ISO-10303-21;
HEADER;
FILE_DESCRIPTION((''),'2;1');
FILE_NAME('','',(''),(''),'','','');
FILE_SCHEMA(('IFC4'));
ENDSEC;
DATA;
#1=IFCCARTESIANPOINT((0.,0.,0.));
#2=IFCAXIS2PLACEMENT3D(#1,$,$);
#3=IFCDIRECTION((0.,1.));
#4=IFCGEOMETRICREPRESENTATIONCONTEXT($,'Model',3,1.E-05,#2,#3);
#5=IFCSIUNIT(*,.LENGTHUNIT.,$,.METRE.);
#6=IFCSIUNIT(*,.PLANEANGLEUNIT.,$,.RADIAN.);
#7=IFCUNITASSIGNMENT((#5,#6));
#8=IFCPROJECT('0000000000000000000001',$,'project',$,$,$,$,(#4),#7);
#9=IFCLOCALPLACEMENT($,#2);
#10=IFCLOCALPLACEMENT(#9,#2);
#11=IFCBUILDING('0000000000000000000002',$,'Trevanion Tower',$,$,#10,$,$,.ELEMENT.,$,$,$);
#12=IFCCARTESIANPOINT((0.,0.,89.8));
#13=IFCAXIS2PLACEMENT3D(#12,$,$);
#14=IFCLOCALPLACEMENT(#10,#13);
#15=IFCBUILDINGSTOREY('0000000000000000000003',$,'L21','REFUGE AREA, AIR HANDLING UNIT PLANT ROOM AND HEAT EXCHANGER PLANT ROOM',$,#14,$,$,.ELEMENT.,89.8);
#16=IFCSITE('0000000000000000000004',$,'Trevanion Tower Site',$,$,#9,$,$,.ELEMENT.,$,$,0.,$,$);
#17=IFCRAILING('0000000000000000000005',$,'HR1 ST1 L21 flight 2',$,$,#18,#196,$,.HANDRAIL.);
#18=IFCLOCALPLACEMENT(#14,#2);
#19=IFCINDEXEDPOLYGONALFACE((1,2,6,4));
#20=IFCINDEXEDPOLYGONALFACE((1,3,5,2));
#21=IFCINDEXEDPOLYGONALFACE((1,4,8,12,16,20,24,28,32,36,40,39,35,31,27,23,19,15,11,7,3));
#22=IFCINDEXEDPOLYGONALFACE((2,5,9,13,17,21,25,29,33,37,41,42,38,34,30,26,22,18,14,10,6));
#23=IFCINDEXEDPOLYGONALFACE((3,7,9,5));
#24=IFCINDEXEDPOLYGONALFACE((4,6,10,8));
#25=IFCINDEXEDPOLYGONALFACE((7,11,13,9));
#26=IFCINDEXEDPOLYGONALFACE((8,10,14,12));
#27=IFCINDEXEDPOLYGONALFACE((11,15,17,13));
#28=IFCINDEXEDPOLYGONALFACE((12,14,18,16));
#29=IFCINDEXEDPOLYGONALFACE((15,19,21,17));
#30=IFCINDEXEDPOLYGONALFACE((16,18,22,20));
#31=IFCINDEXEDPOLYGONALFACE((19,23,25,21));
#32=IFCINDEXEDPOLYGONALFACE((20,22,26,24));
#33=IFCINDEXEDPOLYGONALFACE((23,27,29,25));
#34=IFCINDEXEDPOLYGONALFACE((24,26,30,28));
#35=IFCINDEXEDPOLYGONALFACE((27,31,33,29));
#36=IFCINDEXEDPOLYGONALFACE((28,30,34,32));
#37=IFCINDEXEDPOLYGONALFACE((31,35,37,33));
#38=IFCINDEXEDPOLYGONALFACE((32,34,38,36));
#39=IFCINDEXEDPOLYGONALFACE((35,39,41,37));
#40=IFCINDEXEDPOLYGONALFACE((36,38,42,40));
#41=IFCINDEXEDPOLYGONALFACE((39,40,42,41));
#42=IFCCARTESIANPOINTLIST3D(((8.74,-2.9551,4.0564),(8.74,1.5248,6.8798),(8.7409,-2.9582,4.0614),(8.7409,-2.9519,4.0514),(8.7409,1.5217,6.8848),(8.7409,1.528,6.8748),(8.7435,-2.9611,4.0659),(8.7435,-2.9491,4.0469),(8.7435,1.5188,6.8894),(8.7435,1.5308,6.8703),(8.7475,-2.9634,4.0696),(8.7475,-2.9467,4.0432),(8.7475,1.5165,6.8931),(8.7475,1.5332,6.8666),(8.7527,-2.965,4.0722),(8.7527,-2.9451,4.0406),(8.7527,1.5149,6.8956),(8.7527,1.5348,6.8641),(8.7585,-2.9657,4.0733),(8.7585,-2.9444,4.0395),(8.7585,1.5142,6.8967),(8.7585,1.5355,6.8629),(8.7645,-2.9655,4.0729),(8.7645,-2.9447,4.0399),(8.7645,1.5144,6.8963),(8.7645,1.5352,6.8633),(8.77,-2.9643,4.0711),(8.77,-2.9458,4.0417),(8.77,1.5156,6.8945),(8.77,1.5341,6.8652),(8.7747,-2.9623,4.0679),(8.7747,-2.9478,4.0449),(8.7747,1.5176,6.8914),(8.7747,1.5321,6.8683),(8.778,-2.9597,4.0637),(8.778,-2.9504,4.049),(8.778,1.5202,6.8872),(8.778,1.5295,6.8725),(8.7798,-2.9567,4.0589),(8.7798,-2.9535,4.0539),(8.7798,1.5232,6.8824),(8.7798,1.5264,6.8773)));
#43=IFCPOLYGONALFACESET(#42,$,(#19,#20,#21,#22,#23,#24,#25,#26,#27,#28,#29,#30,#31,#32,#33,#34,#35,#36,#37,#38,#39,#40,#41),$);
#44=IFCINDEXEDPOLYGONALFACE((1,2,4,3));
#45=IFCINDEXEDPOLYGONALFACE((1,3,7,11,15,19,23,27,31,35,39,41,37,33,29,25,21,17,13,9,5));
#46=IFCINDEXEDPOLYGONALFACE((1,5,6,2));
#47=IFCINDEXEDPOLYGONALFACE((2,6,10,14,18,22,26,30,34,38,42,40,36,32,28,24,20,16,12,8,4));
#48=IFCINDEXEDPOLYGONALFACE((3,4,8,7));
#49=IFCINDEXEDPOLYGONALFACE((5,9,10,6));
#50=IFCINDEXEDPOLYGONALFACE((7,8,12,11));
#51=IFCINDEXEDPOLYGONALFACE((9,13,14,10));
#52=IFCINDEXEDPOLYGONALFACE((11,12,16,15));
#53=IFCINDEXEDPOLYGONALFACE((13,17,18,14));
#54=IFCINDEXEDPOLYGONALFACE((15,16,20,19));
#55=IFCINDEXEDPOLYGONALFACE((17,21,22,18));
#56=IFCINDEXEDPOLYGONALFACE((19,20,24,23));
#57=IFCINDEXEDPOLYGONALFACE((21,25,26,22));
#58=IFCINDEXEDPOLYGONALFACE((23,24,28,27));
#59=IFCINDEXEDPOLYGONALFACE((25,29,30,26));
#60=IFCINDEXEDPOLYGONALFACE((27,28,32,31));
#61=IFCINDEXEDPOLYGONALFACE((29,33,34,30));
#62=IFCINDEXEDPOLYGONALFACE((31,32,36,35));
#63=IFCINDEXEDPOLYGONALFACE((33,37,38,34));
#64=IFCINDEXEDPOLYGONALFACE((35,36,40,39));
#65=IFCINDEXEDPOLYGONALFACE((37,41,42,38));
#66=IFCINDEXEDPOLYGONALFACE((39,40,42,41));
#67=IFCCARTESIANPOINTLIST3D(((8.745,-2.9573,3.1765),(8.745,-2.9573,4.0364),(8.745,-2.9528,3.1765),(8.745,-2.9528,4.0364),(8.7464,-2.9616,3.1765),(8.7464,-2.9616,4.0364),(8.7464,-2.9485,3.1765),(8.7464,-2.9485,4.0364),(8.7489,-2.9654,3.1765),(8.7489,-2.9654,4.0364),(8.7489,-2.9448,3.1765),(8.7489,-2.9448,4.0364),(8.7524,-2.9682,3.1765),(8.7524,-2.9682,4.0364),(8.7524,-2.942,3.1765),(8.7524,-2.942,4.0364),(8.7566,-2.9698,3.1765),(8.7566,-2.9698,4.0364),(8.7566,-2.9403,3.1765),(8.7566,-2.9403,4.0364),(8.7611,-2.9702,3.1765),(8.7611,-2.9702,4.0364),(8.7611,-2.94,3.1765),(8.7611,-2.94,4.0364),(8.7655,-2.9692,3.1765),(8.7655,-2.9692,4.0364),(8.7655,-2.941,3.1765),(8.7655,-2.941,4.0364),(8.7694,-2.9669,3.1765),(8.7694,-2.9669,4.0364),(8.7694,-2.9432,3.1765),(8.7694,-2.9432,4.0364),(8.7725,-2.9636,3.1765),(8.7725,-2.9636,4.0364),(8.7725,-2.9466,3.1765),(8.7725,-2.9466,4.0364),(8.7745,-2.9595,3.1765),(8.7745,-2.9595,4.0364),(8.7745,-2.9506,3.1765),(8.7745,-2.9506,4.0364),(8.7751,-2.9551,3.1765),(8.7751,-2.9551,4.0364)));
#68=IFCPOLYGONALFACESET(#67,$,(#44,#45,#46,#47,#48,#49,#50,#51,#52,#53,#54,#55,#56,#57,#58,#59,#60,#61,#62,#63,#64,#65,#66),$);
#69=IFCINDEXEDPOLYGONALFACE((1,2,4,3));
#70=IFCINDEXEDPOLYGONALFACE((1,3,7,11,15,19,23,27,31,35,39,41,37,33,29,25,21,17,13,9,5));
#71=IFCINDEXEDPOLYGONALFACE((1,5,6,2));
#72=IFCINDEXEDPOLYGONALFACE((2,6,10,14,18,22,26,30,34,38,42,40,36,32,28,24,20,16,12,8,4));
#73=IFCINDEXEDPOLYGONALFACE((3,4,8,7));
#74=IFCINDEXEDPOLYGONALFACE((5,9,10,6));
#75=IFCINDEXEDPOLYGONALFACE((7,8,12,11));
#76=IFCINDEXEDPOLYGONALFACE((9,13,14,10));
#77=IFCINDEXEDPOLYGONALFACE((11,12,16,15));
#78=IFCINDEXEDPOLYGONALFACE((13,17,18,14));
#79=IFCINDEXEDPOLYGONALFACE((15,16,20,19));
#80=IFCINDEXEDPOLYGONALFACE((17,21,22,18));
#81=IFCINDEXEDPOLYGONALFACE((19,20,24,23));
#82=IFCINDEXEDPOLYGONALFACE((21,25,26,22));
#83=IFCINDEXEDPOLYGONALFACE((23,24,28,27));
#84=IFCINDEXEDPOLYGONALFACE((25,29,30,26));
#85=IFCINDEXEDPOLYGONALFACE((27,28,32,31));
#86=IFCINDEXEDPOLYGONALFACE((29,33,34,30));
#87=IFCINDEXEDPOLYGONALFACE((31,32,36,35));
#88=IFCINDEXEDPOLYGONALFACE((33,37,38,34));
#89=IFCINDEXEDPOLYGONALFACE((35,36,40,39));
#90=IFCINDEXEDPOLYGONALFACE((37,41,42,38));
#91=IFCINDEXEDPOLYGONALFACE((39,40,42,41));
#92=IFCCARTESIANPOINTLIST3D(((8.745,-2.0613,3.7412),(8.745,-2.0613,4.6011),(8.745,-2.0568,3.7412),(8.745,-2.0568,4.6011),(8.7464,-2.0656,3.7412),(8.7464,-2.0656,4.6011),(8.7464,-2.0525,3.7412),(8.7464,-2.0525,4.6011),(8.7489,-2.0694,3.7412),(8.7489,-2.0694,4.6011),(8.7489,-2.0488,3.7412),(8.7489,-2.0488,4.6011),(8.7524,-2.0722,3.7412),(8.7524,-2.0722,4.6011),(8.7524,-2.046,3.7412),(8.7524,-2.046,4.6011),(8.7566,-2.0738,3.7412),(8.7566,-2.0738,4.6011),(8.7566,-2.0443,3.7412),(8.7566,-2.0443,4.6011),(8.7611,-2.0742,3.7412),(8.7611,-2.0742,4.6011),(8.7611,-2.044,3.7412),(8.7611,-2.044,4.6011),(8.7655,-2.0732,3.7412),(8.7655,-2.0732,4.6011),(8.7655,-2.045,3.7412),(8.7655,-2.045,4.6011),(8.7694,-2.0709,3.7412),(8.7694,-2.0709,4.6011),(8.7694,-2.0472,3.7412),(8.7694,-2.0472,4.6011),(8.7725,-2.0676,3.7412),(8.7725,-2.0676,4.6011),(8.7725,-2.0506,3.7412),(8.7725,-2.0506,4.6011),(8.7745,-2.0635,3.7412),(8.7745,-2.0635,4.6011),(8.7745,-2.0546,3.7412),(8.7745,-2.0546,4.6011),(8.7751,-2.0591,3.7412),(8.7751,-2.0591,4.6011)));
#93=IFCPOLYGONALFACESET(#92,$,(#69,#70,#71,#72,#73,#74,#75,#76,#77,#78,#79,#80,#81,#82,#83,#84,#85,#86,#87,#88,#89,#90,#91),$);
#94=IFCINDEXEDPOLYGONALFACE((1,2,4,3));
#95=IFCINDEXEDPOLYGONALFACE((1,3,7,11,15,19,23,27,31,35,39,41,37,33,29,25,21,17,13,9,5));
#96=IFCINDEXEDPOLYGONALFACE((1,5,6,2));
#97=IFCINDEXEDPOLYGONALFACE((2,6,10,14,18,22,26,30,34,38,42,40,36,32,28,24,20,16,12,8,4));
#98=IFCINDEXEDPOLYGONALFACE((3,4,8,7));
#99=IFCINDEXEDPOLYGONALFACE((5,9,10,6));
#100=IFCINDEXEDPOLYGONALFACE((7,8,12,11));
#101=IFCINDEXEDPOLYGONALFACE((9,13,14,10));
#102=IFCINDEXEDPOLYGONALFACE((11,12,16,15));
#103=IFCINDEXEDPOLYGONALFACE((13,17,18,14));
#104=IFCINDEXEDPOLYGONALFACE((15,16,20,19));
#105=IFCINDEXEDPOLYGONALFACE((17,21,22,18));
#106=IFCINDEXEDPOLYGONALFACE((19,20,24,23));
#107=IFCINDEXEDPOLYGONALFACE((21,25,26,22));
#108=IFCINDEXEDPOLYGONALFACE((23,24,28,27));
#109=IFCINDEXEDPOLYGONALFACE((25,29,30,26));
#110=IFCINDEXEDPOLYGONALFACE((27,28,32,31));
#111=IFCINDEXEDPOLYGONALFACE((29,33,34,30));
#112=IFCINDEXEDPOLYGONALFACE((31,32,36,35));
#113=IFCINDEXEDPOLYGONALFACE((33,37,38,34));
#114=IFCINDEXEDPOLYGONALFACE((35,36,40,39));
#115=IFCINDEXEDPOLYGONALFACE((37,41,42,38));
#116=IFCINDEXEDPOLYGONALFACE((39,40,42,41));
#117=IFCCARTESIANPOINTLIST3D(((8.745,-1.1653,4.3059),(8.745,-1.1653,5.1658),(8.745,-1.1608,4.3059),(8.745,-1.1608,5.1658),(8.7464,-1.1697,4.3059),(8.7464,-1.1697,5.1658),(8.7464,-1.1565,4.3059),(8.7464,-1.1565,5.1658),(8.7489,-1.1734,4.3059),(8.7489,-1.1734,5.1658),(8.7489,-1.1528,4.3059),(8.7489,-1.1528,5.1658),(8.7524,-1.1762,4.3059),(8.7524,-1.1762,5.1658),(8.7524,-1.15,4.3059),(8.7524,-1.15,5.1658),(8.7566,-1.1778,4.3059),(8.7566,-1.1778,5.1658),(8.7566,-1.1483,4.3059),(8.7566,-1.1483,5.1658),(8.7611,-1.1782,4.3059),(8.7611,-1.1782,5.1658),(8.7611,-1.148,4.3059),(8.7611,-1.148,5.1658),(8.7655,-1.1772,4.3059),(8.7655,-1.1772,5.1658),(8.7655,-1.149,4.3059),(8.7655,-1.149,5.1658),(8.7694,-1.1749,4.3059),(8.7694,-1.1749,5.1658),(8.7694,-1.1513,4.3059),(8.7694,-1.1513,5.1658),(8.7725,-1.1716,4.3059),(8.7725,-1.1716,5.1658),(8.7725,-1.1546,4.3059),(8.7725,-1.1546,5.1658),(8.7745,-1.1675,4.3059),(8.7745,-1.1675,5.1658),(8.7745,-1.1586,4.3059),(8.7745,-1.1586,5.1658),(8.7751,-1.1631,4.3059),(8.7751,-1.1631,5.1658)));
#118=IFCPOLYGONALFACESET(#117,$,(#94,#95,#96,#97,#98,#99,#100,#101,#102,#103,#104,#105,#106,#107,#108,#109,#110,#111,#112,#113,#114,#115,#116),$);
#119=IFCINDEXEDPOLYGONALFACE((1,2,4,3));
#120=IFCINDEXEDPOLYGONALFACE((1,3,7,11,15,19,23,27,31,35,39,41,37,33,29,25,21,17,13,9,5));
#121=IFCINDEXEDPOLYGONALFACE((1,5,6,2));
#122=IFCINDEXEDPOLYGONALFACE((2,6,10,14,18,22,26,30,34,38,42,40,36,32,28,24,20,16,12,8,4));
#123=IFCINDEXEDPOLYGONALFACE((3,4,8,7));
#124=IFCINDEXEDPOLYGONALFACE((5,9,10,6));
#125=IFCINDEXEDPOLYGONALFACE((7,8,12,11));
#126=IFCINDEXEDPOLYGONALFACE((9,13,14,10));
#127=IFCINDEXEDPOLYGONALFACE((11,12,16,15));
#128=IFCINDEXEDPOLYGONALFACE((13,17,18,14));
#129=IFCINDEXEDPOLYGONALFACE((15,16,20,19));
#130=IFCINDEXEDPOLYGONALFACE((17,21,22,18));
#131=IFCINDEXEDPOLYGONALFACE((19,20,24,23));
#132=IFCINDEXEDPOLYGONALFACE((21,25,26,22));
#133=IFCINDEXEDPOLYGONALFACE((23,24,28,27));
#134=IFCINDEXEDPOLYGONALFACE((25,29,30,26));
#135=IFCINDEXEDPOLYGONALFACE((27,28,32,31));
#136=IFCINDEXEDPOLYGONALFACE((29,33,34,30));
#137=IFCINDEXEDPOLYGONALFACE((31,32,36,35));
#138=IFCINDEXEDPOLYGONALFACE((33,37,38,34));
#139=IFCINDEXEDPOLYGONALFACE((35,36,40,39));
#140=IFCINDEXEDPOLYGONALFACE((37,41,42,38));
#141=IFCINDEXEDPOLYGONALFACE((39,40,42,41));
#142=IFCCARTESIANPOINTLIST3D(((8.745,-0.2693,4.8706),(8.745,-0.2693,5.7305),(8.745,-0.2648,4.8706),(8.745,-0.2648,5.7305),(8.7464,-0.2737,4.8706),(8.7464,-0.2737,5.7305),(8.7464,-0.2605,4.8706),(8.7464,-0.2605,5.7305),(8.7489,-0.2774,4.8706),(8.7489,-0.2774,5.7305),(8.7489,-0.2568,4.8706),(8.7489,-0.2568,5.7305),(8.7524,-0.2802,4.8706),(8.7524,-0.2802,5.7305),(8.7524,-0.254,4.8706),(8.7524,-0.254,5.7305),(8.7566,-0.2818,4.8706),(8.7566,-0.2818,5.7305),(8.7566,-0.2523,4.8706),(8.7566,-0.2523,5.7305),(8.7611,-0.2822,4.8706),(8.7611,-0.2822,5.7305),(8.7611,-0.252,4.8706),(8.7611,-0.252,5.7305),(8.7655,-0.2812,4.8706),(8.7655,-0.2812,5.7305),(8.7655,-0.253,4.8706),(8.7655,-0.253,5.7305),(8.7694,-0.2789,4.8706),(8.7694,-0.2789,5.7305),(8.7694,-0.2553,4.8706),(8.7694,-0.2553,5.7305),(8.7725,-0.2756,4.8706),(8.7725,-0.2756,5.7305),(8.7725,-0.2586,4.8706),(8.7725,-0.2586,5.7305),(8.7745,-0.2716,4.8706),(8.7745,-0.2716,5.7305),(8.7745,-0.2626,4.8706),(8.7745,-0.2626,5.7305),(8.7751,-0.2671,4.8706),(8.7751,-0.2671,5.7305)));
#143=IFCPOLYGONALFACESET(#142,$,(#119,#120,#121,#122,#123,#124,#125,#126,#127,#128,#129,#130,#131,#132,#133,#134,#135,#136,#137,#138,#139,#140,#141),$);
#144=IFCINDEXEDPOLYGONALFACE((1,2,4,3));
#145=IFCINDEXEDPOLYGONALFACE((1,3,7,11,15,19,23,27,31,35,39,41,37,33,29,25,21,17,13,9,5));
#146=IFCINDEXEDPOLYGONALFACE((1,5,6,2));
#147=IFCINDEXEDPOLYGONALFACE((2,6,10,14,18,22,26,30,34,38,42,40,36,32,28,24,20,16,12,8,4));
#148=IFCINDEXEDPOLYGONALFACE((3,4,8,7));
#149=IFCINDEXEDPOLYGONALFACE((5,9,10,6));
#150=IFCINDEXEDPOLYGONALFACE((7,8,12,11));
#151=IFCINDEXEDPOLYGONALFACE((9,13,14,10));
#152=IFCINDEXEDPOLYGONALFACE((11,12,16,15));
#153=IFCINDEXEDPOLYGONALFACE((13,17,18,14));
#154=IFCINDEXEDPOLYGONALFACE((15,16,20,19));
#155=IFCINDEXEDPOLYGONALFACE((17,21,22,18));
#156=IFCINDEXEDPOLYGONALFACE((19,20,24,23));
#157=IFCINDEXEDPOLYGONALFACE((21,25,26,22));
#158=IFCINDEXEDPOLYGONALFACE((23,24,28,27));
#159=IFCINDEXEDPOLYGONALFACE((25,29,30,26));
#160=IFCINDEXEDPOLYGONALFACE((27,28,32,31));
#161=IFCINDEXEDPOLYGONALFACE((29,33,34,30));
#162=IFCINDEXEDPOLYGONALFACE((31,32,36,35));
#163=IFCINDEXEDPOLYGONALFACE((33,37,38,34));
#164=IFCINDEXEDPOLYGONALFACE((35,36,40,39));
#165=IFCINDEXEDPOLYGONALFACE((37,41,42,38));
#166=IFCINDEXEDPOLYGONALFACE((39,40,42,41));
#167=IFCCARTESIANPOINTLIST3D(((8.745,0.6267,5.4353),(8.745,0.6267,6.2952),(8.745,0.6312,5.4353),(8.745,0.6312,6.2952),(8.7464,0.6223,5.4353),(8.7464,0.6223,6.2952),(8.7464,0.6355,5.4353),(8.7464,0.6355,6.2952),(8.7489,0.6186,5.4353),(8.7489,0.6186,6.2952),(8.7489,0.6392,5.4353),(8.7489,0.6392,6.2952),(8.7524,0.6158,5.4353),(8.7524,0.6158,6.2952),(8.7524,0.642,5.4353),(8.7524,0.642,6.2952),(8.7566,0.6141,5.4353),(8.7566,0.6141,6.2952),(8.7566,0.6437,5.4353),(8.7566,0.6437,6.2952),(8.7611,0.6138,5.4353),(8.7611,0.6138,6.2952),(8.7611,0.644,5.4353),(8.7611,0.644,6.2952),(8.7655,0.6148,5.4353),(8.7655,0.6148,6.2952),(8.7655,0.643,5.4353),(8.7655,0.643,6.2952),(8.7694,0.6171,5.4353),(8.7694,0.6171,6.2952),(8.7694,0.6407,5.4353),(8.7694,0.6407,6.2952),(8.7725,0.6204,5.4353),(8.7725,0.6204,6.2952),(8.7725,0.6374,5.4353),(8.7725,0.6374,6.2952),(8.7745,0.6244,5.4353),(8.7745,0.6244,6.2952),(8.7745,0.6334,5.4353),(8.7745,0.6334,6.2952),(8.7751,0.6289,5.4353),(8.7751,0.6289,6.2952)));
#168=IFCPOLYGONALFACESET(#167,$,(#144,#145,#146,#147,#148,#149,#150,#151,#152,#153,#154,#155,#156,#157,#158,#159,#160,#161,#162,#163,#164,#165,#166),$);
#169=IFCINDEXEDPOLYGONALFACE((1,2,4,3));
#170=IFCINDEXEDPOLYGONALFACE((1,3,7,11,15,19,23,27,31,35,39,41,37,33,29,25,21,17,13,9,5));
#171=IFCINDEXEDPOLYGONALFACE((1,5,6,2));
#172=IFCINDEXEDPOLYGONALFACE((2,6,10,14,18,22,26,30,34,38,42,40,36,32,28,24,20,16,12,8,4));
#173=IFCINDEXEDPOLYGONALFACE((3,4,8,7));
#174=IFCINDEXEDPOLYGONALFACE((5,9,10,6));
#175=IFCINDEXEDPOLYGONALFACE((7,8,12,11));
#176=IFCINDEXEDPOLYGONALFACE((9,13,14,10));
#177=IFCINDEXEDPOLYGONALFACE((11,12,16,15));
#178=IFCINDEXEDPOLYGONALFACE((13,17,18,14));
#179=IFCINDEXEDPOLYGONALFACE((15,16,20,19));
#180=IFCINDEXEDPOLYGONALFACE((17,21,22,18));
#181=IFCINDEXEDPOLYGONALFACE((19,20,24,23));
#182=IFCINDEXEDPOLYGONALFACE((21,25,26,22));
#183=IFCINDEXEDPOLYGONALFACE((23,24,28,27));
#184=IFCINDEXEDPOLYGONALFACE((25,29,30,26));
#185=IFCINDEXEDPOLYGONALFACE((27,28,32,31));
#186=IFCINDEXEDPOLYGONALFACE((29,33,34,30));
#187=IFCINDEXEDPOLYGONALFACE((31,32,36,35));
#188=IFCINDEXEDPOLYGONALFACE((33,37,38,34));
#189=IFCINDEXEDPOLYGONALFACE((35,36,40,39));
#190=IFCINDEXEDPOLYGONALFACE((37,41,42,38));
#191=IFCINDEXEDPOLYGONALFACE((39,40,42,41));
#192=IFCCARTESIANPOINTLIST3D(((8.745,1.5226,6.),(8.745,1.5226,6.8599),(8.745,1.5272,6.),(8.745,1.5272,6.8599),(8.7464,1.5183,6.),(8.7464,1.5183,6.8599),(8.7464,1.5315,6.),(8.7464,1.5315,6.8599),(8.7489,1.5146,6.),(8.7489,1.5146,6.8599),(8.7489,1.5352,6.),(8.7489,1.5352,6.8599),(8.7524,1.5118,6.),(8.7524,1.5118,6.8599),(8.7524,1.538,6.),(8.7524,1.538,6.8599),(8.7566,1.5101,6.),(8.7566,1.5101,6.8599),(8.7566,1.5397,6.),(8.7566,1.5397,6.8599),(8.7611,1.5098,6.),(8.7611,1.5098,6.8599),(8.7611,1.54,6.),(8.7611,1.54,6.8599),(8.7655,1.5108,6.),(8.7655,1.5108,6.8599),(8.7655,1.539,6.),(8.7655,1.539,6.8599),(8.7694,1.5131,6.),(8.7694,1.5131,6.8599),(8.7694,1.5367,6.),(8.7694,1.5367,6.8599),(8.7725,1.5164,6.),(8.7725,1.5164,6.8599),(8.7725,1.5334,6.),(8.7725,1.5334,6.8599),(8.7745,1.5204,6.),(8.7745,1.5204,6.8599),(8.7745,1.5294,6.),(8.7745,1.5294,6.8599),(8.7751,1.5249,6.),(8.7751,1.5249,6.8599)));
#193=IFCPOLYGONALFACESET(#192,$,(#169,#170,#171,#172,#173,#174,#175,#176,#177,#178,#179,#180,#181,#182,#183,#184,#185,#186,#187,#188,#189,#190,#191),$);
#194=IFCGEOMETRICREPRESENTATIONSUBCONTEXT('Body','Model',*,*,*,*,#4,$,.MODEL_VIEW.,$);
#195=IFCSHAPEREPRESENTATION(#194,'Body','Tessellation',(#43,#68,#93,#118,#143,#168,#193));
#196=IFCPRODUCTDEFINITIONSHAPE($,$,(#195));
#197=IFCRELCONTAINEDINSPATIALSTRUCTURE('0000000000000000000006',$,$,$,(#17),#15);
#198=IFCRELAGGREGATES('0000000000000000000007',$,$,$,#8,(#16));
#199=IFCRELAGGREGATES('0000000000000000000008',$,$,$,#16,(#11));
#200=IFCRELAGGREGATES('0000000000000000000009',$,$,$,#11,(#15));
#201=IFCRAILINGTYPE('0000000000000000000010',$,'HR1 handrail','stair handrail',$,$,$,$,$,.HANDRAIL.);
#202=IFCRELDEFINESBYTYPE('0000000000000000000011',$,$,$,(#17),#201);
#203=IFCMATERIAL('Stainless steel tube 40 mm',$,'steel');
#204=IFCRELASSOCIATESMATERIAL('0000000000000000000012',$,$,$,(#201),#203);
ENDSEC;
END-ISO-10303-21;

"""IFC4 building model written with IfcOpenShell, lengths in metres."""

from ifc_helpers import new_model, si_unit, direction, frame, origin, origin_2d, place, context, subcontext, project, spatial, circle, extrude, material, type_object, element, save


model = new_model("IFC4")

# Units and contexts
model_context = context("Model", 3, precision=1e-05, world=origin(), true_north=direction((0.0, 1.0)))
body_context = subcontext(model_context, "Body", "Model", "MODEL_VIEW")
ifc_project = project(units=[si_unit("LENGTHUNIT", "METRE"), si_unit("PLANEANGLEUNIT", "RADIAN")], contexts=[model_context])

# Site, building, storey
site_placement = place(None, origin())
site = spatial("IfcSite", under=ifc_project, at=site_placement, Name="Trevanion Tower Site", CompositionType="ELEMENT", RefElevation=0.0)
building_placement = place(site_placement, origin())
building = spatial("IfcBuilding", under=site, at=building_placement, Name="Trevanion Tower", CompositionType="ELEMENT")
storey_placement = place(building_placement, frame((0.0, 0.0, 89.8)))
storey = spatial("IfcBuildingStorey", under=building, at=storey_placement, Name="L21", Description="REFUGE AREA, AIR HANDLING UNIT PLANT ROOM AND HEAT EXCHANGER PLANT ROOM", CompositionType="ELEMENT", Elevation=89.8)

# Railing
ifc_material_1 = material(Name="Stainless steel tube 40 mm", Category="steel")
railing_type = type_object("IfcRailingType", Name="HR1 handrail", Description="stair handrail", PredefinedType="HANDRAIL", material=ifc_material_1)
for number, where, name in (
    (1, (8.76, -2.9551, 3.1765), "HR1 ST1 L21 flight 2"),
):
    element("IfcRailing", number, at=place(storey_placement, frame(where)), inside=storey, type_object=railing_type, Name=name, PredefinedType="HANDRAIL", context=body_context, shape_type="SweptSolid", body=[
        extrude(circle(Radius=0.02, at=origin_2d()), frame((0.0, 0.0, 0.8799), z_axis=(0.0, 0.845998, 0.533186), x_axis=(-1.0, 0.0, 0.0)), (0.0, 0.0, 1.0), 5.2954),
        extrude(circle(Radius=0.0151, at=origin_2d()), origin(), (0.0, 0.0, 1.0), 0.8599),
        extrude(circle(Radius=0.0151, at=origin_2d()), frame((0.0, 0.896, 0.5647)), (0.0, 0.0, 1.0), 0.8599),
        extrude(circle(Radius=0.0151, at=origin_2d()), frame((0.0, 1.792, 1.1294)), (0.0, 0.0, 1.0), 0.8599),
        extrude(circle(Radius=0.0151, at=origin_2d()), frame((0.0, 2.688, 1.6941)), (0.0, 0.0, 1.0), 0.8599),
        extrude(circle(Radius=0.0151, at=origin_2d()), frame((0.0, 3.584, 2.2588)), (0.0, 0.0, 1.0), 0.8599),
        extrude(circle(Radius=0.0151, at=origin_2d()), frame((0.0, 4.48, 2.8235)), (0.0, 0.0, 1.0), 0.8599),
    ])

save(model, "model.ifc")
